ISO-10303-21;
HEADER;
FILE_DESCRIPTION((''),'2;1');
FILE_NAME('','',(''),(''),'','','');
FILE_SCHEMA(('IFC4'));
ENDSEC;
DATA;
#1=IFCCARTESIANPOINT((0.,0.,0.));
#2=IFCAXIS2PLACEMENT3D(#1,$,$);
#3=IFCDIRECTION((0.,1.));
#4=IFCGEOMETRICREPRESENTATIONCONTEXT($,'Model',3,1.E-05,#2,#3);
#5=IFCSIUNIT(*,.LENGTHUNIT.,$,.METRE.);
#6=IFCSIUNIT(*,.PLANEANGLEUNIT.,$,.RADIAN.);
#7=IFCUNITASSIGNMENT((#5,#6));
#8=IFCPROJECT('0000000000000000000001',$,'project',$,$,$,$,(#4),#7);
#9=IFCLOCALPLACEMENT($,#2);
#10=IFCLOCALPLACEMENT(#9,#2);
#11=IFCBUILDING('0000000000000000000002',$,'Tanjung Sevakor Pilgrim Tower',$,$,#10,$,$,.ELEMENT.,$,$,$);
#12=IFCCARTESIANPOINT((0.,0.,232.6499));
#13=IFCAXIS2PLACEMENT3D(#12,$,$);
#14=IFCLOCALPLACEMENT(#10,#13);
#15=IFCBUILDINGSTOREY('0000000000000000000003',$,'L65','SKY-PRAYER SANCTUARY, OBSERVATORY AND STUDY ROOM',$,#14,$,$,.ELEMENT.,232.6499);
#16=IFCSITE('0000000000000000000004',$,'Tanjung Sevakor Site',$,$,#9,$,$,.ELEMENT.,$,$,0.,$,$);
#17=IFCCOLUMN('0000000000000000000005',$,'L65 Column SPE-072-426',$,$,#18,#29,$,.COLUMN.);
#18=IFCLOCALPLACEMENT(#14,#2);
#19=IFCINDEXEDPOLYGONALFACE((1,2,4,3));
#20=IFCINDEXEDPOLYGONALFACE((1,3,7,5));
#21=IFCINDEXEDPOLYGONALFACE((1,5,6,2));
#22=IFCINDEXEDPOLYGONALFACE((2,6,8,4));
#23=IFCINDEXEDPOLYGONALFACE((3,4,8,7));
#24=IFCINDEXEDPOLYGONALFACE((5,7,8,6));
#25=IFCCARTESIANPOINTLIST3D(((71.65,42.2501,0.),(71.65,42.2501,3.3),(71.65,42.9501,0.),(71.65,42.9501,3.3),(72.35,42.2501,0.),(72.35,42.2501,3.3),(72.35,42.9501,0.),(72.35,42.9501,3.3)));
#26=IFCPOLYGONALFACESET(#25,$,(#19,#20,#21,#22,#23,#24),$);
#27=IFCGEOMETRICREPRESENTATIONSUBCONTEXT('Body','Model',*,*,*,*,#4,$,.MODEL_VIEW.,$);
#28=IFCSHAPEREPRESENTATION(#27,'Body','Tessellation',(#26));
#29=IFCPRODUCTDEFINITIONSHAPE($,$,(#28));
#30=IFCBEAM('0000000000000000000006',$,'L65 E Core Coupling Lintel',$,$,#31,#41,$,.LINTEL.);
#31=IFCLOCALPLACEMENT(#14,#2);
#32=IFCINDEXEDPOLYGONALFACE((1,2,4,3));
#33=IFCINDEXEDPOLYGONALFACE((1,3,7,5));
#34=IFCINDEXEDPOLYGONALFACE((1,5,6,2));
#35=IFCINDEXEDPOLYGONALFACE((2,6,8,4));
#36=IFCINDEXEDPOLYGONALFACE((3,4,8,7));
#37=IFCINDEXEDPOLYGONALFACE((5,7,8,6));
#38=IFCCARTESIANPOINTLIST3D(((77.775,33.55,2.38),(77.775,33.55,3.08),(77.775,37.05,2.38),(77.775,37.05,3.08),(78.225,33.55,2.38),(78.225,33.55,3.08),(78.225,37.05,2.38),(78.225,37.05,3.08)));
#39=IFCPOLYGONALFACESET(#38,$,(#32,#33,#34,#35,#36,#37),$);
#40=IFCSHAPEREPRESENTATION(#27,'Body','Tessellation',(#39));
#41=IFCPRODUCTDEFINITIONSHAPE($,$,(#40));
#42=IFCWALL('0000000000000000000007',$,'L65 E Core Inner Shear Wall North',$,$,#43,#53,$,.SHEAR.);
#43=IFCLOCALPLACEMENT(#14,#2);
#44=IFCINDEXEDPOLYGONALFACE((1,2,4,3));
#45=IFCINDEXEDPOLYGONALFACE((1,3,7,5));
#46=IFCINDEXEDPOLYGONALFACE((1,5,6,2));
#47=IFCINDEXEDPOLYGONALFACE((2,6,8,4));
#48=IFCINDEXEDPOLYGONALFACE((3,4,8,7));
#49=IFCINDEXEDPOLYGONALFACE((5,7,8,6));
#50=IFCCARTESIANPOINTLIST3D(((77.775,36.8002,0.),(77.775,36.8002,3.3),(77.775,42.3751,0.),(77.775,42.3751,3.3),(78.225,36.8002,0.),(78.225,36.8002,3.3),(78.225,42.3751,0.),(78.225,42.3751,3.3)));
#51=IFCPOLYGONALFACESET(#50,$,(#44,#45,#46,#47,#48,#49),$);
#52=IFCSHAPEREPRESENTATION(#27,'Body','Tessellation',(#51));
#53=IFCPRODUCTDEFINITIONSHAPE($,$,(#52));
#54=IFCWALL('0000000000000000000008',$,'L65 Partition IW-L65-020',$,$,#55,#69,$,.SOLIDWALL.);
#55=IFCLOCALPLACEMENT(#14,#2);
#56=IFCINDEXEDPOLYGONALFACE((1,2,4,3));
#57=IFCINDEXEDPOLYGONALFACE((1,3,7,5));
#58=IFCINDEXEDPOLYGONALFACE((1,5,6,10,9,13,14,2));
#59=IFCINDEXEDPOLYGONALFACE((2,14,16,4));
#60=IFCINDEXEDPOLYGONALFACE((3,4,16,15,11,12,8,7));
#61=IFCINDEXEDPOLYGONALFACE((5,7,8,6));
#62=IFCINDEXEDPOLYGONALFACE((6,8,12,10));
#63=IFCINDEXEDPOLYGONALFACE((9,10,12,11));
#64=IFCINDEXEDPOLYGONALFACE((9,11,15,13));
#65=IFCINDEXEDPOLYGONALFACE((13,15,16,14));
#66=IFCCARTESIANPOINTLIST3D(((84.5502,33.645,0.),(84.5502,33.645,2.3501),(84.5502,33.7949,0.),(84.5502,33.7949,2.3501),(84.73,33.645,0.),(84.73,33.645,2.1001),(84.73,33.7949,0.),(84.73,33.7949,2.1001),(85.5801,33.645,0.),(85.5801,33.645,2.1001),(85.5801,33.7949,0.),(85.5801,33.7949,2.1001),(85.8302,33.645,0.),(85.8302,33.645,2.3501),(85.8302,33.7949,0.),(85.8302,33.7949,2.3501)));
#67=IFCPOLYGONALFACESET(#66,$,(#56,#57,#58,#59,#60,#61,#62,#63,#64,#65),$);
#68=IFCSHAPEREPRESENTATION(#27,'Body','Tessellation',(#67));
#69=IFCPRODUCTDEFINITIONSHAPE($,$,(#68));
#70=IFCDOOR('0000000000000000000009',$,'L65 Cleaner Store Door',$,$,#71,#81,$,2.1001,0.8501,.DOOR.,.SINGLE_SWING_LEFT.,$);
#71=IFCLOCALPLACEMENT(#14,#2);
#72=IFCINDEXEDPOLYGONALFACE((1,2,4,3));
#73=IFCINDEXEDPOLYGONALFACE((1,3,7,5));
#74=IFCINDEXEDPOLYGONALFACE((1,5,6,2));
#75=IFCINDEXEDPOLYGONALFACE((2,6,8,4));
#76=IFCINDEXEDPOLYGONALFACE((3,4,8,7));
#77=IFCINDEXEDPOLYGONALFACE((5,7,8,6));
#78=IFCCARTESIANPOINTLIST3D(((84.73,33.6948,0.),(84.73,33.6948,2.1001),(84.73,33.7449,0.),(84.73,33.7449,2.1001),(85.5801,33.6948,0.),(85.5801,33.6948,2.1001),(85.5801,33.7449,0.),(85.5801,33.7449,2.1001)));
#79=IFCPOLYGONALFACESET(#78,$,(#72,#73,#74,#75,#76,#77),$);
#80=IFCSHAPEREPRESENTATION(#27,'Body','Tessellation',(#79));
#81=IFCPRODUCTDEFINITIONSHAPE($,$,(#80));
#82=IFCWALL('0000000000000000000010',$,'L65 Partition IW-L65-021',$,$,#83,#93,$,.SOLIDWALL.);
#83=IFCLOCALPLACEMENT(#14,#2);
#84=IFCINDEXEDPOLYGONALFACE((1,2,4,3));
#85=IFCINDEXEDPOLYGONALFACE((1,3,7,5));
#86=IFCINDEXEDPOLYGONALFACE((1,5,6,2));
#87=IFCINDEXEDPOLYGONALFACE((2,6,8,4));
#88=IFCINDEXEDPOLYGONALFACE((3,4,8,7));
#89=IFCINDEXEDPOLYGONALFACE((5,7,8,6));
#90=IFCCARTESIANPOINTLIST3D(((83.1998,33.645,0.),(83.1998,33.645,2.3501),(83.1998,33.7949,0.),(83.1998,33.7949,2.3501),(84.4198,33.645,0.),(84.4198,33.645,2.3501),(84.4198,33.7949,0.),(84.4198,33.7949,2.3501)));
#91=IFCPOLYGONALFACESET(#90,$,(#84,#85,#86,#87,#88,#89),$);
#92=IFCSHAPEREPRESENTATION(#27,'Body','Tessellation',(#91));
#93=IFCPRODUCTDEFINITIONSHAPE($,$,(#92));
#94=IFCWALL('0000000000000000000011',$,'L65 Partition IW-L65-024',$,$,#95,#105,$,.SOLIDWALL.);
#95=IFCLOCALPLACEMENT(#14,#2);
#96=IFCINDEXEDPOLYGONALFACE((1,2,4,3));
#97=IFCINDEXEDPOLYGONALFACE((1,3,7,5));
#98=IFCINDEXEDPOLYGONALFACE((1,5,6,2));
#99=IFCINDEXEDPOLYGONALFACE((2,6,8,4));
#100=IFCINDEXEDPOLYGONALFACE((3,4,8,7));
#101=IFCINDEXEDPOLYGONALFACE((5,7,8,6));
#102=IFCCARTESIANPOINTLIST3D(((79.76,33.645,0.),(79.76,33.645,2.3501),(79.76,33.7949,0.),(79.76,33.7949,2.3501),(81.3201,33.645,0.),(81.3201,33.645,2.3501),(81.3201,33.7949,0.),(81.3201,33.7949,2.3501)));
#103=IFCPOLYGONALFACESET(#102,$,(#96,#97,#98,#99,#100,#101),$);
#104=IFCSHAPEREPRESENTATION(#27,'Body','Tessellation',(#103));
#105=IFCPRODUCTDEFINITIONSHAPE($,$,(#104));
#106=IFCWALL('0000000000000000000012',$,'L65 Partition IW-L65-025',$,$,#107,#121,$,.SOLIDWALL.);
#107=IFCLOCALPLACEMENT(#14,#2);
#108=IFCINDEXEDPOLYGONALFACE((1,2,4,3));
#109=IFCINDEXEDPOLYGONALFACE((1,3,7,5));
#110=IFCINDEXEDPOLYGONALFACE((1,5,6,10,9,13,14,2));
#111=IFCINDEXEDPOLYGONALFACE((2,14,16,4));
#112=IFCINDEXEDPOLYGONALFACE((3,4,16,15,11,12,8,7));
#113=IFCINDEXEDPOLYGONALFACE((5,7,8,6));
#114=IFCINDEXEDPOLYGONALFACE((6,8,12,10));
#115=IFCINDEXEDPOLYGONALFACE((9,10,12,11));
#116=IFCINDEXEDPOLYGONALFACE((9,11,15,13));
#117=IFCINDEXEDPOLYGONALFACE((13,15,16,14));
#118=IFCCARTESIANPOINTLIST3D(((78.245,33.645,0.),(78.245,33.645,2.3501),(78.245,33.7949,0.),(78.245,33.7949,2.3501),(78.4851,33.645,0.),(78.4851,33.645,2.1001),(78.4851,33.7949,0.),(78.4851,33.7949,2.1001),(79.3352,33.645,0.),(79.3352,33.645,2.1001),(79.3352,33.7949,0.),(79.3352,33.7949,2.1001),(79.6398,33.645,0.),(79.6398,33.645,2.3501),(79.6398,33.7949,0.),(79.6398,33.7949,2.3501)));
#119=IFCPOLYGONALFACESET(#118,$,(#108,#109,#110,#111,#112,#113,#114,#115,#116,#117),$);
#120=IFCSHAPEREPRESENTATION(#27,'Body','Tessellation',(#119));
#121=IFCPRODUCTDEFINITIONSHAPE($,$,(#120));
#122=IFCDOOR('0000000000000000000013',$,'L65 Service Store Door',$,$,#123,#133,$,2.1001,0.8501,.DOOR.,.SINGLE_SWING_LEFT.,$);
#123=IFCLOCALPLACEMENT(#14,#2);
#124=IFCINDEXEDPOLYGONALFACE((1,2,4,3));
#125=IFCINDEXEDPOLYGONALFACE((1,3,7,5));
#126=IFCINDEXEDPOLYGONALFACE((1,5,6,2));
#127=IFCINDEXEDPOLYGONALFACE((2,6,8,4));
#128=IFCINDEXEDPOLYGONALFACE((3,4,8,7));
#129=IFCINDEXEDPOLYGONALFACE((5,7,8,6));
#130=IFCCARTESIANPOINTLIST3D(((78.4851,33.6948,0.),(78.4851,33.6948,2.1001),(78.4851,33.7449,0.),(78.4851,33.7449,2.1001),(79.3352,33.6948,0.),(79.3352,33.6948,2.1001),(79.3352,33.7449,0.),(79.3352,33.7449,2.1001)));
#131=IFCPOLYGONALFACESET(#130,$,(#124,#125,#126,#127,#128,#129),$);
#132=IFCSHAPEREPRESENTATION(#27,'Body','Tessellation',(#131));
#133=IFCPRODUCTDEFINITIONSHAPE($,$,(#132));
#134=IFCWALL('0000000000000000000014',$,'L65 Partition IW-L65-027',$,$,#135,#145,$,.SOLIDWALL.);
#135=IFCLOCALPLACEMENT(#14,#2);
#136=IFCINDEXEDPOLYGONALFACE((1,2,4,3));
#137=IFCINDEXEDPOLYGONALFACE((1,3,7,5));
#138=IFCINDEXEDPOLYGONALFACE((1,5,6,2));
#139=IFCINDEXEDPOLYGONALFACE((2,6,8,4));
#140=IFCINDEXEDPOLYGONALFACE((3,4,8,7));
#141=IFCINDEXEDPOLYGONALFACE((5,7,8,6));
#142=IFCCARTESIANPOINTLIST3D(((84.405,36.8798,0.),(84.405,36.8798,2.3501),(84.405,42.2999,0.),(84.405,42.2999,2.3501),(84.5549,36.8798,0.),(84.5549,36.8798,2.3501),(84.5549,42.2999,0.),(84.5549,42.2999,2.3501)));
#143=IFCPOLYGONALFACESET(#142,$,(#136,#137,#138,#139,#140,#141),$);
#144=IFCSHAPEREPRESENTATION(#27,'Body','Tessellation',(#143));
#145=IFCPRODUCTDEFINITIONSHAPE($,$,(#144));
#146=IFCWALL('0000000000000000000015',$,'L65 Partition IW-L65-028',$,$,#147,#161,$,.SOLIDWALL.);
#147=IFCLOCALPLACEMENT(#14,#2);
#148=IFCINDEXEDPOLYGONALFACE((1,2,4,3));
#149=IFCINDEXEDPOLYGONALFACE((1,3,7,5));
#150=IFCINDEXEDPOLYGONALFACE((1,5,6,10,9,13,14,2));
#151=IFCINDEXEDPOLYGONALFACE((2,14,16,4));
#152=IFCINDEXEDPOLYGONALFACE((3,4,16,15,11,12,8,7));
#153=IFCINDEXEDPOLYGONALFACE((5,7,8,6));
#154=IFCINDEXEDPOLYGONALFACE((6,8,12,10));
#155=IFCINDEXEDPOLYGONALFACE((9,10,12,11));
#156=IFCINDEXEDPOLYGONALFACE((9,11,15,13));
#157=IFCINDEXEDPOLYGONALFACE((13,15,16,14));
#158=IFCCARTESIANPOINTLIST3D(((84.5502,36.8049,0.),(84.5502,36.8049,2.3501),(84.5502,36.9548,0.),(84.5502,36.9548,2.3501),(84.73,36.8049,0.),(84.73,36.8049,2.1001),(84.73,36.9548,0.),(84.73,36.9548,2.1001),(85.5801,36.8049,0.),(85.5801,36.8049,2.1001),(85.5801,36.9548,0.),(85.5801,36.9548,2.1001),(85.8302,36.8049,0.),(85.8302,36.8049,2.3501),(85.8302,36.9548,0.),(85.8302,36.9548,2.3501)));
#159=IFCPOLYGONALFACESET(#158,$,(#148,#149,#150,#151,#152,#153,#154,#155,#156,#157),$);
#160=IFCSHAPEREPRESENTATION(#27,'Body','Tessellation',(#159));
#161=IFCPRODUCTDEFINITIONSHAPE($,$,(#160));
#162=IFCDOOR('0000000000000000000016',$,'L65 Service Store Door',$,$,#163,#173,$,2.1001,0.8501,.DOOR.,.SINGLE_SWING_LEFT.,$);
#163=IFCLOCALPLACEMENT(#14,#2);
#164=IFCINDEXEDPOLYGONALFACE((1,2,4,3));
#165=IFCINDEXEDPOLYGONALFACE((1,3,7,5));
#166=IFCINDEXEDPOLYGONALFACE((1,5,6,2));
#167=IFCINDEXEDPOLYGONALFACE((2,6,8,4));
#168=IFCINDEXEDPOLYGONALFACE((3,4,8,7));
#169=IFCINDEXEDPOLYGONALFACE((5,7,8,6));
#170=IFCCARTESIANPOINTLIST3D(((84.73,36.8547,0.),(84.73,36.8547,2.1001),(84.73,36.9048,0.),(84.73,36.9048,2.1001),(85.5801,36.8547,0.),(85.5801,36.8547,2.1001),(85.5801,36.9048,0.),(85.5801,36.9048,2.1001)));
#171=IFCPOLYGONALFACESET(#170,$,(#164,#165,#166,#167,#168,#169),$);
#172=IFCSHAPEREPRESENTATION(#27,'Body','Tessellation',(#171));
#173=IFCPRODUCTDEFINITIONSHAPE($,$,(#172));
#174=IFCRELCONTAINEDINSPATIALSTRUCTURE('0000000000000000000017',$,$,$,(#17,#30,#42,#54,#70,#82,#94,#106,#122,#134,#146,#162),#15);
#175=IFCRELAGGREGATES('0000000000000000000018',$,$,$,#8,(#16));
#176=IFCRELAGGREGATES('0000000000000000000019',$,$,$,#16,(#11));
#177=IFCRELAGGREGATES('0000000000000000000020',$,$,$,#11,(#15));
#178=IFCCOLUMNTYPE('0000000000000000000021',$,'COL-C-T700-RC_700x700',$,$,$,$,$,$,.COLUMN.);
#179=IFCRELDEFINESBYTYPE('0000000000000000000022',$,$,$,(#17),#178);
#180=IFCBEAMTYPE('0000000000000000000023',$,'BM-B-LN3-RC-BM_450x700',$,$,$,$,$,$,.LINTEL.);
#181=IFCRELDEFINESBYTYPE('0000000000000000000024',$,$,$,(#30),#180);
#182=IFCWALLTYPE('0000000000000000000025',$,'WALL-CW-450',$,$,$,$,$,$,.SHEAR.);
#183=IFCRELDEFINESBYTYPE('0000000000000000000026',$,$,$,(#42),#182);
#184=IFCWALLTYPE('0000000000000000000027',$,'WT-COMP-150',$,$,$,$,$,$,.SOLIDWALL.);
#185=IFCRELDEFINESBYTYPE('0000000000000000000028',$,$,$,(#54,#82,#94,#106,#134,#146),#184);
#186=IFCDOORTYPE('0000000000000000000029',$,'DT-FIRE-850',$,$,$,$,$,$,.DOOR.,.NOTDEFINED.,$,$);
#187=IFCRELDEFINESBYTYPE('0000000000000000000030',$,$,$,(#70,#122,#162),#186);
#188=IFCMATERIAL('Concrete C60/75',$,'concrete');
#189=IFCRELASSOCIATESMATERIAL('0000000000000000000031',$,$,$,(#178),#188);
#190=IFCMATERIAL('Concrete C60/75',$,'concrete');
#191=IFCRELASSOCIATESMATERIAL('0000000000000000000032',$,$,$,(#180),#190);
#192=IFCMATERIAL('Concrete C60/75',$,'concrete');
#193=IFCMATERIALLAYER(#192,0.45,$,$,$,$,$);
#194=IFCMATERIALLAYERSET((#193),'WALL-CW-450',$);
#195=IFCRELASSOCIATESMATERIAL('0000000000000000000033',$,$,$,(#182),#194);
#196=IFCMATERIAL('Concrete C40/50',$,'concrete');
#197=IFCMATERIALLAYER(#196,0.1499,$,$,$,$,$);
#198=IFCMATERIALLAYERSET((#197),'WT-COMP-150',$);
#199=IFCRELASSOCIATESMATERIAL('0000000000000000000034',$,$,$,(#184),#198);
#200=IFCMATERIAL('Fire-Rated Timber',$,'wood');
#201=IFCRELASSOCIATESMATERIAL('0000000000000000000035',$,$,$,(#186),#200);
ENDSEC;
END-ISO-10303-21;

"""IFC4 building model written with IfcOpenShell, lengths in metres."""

from ifc_helpers import new_model, si_unit, direction, frame, frame_2d, origin, origin_2d, place, context, subcontext, project, spatial, rectangle, extrude, material, layer, layer_set, material_profile, profile_set, type_object, element, fill, save


model = new_model("IFC4")

# Units and contexts
model_context = context("Model", 3, precision=1e-05, world=origin(), true_north=direction((0.0, 1.0)))
body_context = subcontext(model_context, "Body", "Model", "MODEL_VIEW")
ifc_project = project(units=[si_unit("LENGTHUNIT", "METRE"), si_unit("PLANEANGLEUNIT", "RADIAN")], contexts=[model_context])

# Site, building, storey
site_placement = place(None, origin())
site = spatial("IfcSite", under=ifc_project, at=site_placement, Name="Tanjung Sevakor Site", CompositionType="ELEMENT", RefElevation=0.0)
building_placement = place(site_placement, origin())
building = spatial("IfcBuilding", under=site, at=building_placement, Name="Tanjung Sevakor Pilgrim Tower", CompositionType="ELEMENT")
storey_placement = place(building_placement, frame((0.0, 0.0, 232.6499)))
storey = spatial("IfcBuildingStorey", under=building, at=storey_placement, Name="L65", Description="SKY-PRAYER SANCTUARY, OBSERVATORY AND STUDY ROOM", CompositionType="ELEMENT", Elevation=232.6499)

# Column
ifc_material_1 = material(Name="Concrete C60/75", Category="concrete")
ifc_material_profile_1 = material_profile(ifc_material_1, rectangle(XDim=0.7, YDim=0.7, at=origin_2d()))
ifc_profile_set_1 = profile_set([ifc_material_profile_1], Name="Concrete C60/75")
column_type = type_object("IfcColumnType", Name="COL-C-T700-RC_700x700", PredefinedType="COLUMN", material=ifc_profile_set_1)
column_placement = place(storey_placement, frame((72.0, 42.6001, 0.0), z_axis=(0.0, 0.0, 1.0), x_axis=(1.0, 0.0, 0.0)))
element("IfcColumn", 1, at=column_placement, inside=storey, type_object=column_type, Name="L65 Column SPE-072-426", PredefinedType="COLUMN", context=body_context, shape_type="SweptSolid", body=[
    extrude(rectangle(XDim=0.7, YDim=0.7, at=origin_2d()), origin(), (0.0, 0.0, 1.0), 3.3),
])

# Beam
ifc_material_2 = material(Name="Concrete C60/75", Category="concrete")
ifc_material_profile_2 = material_profile(ifc_material_2, rectangle(XDim=0.45, YDim=0.7, at=origin_2d()))
ifc_profile_set_2 = profile_set([ifc_material_profile_2], Name="Concrete C60/75")
beam_type = type_object("IfcBeamType", Name="BM-B-LN3-RC-BM_450x700", PredefinedType="LINTEL", material=ifc_profile_set_2)
beam_placement = place(storey_placement, frame((78.0, 33.55, 2.73), z_axis=(0.0, 1.0, 0.0), x_axis=(-1.0, 0.0, 0.0)))
element("IfcBeam", 2, at=beam_placement, inside=storey, type_object=beam_type, Name="L65 E Core Coupling Lintel", PredefinedType="LINTEL", context=body_context, shape_type="SweptSolid", body=[
    extrude(rectangle(XDim=0.45, YDim=0.7, at=origin_2d()), origin(), (0.0, 0.0, 1.0), 3.5),
])

# Wall
ifc_material_3 = material(Name="Concrete C60/75", Category="concrete")
ifc_layer_1 = layer(ifc_material_3, 0.45)
ifc_layer_set_1 = layer_set([ifc_layer_1], Name="WALL-CW-450")
wall_type_1 = type_object("IfcWallType", Name="WALL-CW-450", PredefinedType="SHEAR", material=ifc_layer_set_1)
wall_1_placement = place(storey_placement, frame((78.0, 36.8, 0.0), z_axis=(0.0, 0.0, 1.0), x_axis=(0.0, 1.0, 0.0)))
element("IfcWall", 3, at=wall_1_placement, inside=storey, type_object=wall_type_1, Name="L65 E Core Inner Shear Wall North", PredefinedType="SHEAR", context=body_context, shape_type="SweptSolid", body=[
    extrude(rectangle(XDim=5.575, YDim=0.45, at=frame_2d((2.7876, 0.0))), origin(), (0.0, 0.0, 1.0), 3.3),
])

# Wall, opening, door
ifc_material_4 = material(Name="Concrete C40/50", Category="concrete")
ifc_layer_2 = layer(ifc_material_4, 0.1499)
ifc_layer_set_2 = layer_set([ifc_layer_2], Name="WT-COMP-150")
wall_type_2 = type_object("IfcWallType", Name="WT-COMP-150", PredefinedType="SOLIDWALL", material=ifc_layer_set_2)
wall_2_placement = place(storey_placement, frame((84.55, 33.72, 0.0), z_axis=(0.0, 0.0, 1.0), x_axis=(1.0, 0.0, 0.0)))
wall_2 = element("IfcWall", 4, at=wall_2_placement, inside=storey, type_object=wall_type_2, Name="L65 Partition IW-L65-020", PredefinedType="SOLIDWALL", context=body_context, shape_type="SweptSolid", body=[
    extrude(rectangle(XDim=1.28, YDim=0.1499, at=frame_2d((0.6401, 0.0))), origin(), (0.0, 0.0, 1.0), 2.3501),
])
opening_1_placement = place(wall_2_placement, frame((0.1799, 0.0, 0.0)))
opening_1 = element("IfcOpeningElement", 5, at=opening_1_placement, cuts=wall_2, PredefinedType="OPENING", context=body_context, shape_type="SweptSolid", body=[
    extrude(rectangle(XDim=0.8501, YDim=2.1001, at=frame_2d((0.425, 1.05))), frame((0.0, 0.085, 0.0), z_axis=(0.0, -1.0, 0.0), x_axis=(1.0, 0.0, 0.0)), (0.0, 0.0, 1.0), 0.1699),
])
ifc_material_5 = material(Name="Fire-Rated Timber", Category="wood")
door_type_1 = type_object("IfcDoorType", Name="DT-FIRE-850", OperationType="NOTDEFINED", PredefinedType="DOOR", material=ifc_material_5)
door_1_placement = place(opening_1_placement, origin())
door_1 = element("IfcDoor", 6, at=door_1_placement, inside=storey, type_object=door_type_1, Name="L65 Cleaner Store Door", OperationType="SINGLE_SWING_LEFT", OverallHeight=2.1001, OverallWidth=0.8501, PredefinedType="DOOR", context=body_context, shape_type="SweptSolid", body=[
    extrude(rectangle(XDim=0.8501, YDim=2.1001, at=frame_2d((0.425, 1.05))), frame((0.0, 0.0249, 0.0), z_axis=(0.0, -1.0, 0.0), x_axis=(1.0, 0.0, 0.0)), (0.0, 0.0, 1.0), 0.05),
])
fill(opening_1, door_1)

# Walls
wall_3_placement = place(storey_placement, frame((83.2, 33.72, 0.0), z_axis=(0.0, 0.0, 1.0), x_axis=(1.0, 0.0, 0.0)))
element("IfcWall", 7, at=wall_3_placement, inside=storey, type_object=wall_type_2, Name="L65 Partition IW-L65-021", PredefinedType="SOLIDWALL", context=body_context, shape_type="SweptSolid", body=[
    extrude(rectangle(XDim=1.22, YDim=0.1499, at=frame_2d((0.6099, 0.0))), origin(), (0.0, 0.0, 1.0), 2.3501),
])
wall_4_placement = place(storey_placement, frame((79.76, 33.72, 0.0), z_axis=(0.0, 0.0, 1.0), x_axis=(1.0, 0.0, 0.0)))
element("IfcWall", 8, at=wall_4_placement, inside=storey, type_object=wall_type_2, Name="L65 Partition IW-L65-024", PredefinedType="SOLIDWALL", context=body_context, shape_type="SweptSolid", body=[
    extrude(rectangle(XDim=1.5601, YDim=0.1499, at=frame_2d((0.78, 0.0))), origin(), (0.0, 0.0, 1.0), 2.3501),
])

# Wall, opening, door
wall_5_placement = place(storey_placement, frame((78.2451, 33.72, 0.0), z_axis=(0.0, 0.0, 1.0), x_axis=(1.0, 0.0, 0.0)))
wall_5 = element("IfcWall", 9, at=wall_5_placement, inside=storey, type_object=wall_type_2, Name="L65 Partition IW-L65-025", PredefinedType="SOLIDWALL", context=body_context, shape_type="SweptSolid", body=[
    extrude(rectangle(XDim=1.3948, YDim=0.1499, at=frame_2d((0.6973, 0.0))), origin(), (0.0, 0.0, 1.0), 2.3501),
])
opening_2_placement = place(wall_5_placement, frame((0.24, 0.0, 0.0)))
opening_2 = element("IfcOpeningElement", 10, at=opening_2_placement, cuts=wall_5, PredefinedType="OPENING", context=body_context, shape_type="SweptSolid", body=[
    extrude(rectangle(XDim=0.8501, YDim=2.1001, at=frame_2d((0.425, 1.05))), frame((0.0, 0.085, 0.0), z_axis=(0.0, -1.0, 0.0), x_axis=(1.0, 0.0, 0.0)), (0.0, 0.0, 1.0), 0.1699),
])
door_2_placement = place(opening_2_placement, origin())
door_2 = element("IfcDoor", 11, at=door_2_placement, inside=storey, type_object=door_type_1, Name="L65 Service Store Door", OperationType="SINGLE_SWING_LEFT", OverallHeight=2.1001, OverallWidth=0.8501, PredefinedType="DOOR", context=body_context, shape_type="SweptSolid", body=[
    extrude(rectangle(XDim=0.8501, YDim=2.1001, at=frame_2d((0.425, 1.05))), frame((0.0, 0.0249, 0.0), z_axis=(0.0, -1.0, 0.0), x_axis=(1.0, 0.0, 0.0)), (0.0, 0.0, 1.0), 0.05),
])
fill(opening_2, door_2)

# Wall
wall_6_placement = place(storey_placement, frame((84.48, 36.8799, 0.0), z_axis=(0.0, 0.0, 1.0), x_axis=(0.0, 1.0, 0.0)))
element("IfcWall", 12, at=wall_6_placement, inside=storey, type_object=wall_type_2, Name="L65 Partition IW-L65-027", PredefinedType="SOLIDWALL", context=body_context, shape_type="SweptSolid", body=[
    extrude(rectangle(XDim=5.4202, YDim=0.1499, at=frame_2d((2.71, 0.0))), origin(), (0.0, 0.0, 1.0), 2.3501),
])

# Wall, opening, door
wall_7_placement = place(storey_placement, frame((84.55, 36.8799, 0.0), z_axis=(0.0, 0.0, 1.0), x_axis=(1.0, 0.0, 0.0)))
wall_7 = element("IfcWall", 13, at=wall_7_placement, inside=storey, type_object=wall_type_2, Name="L65 Partition IW-L65-028", PredefinedType="SOLIDWALL", context=body_context, shape_type="SweptSolid", body=[
    extrude(rectangle(XDim=1.28, YDim=0.1499, at=frame_2d((0.6401, 0.0))), origin(), (0.0, 0.0, 1.0), 2.3501),
])
opening_3_placement = place(wall_7_placement, frame((0.1799, 0.0, 0.0)))
opening_3 = element("IfcOpeningElement", 14, at=opening_3_placement, cuts=wall_7, PredefinedType="OPENING", context=body_context, shape_type="SweptSolid", body=[
    extrude(rectangle(XDim=0.8501, YDim=2.1001, at=frame_2d((0.425, 1.05))), frame((0.0, 0.085, 0.0), z_axis=(0.0, -1.0, 0.0), x_axis=(1.0, 0.0, 0.0)), (0.0, 0.0, 1.0), 0.1699),
])
door_3_placement = place(opening_3_placement, origin())
door_3 = element("IfcDoor", 15, at=door_3_placement, inside=storey, type_object=door_type_1, Name="L65 Service Store Door", OperationType="SINGLE_SWING_LEFT", OverallHeight=2.1001, OverallWidth=0.8501, PredefinedType="DOOR", context=body_context, shape_type="SweptSolid", body=[
    extrude(rectangle(XDim=0.8501, YDim=2.1001, at=frame_2d((0.425, 1.05))), frame((0.0, 0.0249, 0.0), z_axis=(0.0, -1.0, 0.0), x_axis=(1.0, 0.0, 0.0)), (0.0, 0.0, 1.0), 0.05),
])
fill(opening_3, door_3)

save(model, "model.ifc")
